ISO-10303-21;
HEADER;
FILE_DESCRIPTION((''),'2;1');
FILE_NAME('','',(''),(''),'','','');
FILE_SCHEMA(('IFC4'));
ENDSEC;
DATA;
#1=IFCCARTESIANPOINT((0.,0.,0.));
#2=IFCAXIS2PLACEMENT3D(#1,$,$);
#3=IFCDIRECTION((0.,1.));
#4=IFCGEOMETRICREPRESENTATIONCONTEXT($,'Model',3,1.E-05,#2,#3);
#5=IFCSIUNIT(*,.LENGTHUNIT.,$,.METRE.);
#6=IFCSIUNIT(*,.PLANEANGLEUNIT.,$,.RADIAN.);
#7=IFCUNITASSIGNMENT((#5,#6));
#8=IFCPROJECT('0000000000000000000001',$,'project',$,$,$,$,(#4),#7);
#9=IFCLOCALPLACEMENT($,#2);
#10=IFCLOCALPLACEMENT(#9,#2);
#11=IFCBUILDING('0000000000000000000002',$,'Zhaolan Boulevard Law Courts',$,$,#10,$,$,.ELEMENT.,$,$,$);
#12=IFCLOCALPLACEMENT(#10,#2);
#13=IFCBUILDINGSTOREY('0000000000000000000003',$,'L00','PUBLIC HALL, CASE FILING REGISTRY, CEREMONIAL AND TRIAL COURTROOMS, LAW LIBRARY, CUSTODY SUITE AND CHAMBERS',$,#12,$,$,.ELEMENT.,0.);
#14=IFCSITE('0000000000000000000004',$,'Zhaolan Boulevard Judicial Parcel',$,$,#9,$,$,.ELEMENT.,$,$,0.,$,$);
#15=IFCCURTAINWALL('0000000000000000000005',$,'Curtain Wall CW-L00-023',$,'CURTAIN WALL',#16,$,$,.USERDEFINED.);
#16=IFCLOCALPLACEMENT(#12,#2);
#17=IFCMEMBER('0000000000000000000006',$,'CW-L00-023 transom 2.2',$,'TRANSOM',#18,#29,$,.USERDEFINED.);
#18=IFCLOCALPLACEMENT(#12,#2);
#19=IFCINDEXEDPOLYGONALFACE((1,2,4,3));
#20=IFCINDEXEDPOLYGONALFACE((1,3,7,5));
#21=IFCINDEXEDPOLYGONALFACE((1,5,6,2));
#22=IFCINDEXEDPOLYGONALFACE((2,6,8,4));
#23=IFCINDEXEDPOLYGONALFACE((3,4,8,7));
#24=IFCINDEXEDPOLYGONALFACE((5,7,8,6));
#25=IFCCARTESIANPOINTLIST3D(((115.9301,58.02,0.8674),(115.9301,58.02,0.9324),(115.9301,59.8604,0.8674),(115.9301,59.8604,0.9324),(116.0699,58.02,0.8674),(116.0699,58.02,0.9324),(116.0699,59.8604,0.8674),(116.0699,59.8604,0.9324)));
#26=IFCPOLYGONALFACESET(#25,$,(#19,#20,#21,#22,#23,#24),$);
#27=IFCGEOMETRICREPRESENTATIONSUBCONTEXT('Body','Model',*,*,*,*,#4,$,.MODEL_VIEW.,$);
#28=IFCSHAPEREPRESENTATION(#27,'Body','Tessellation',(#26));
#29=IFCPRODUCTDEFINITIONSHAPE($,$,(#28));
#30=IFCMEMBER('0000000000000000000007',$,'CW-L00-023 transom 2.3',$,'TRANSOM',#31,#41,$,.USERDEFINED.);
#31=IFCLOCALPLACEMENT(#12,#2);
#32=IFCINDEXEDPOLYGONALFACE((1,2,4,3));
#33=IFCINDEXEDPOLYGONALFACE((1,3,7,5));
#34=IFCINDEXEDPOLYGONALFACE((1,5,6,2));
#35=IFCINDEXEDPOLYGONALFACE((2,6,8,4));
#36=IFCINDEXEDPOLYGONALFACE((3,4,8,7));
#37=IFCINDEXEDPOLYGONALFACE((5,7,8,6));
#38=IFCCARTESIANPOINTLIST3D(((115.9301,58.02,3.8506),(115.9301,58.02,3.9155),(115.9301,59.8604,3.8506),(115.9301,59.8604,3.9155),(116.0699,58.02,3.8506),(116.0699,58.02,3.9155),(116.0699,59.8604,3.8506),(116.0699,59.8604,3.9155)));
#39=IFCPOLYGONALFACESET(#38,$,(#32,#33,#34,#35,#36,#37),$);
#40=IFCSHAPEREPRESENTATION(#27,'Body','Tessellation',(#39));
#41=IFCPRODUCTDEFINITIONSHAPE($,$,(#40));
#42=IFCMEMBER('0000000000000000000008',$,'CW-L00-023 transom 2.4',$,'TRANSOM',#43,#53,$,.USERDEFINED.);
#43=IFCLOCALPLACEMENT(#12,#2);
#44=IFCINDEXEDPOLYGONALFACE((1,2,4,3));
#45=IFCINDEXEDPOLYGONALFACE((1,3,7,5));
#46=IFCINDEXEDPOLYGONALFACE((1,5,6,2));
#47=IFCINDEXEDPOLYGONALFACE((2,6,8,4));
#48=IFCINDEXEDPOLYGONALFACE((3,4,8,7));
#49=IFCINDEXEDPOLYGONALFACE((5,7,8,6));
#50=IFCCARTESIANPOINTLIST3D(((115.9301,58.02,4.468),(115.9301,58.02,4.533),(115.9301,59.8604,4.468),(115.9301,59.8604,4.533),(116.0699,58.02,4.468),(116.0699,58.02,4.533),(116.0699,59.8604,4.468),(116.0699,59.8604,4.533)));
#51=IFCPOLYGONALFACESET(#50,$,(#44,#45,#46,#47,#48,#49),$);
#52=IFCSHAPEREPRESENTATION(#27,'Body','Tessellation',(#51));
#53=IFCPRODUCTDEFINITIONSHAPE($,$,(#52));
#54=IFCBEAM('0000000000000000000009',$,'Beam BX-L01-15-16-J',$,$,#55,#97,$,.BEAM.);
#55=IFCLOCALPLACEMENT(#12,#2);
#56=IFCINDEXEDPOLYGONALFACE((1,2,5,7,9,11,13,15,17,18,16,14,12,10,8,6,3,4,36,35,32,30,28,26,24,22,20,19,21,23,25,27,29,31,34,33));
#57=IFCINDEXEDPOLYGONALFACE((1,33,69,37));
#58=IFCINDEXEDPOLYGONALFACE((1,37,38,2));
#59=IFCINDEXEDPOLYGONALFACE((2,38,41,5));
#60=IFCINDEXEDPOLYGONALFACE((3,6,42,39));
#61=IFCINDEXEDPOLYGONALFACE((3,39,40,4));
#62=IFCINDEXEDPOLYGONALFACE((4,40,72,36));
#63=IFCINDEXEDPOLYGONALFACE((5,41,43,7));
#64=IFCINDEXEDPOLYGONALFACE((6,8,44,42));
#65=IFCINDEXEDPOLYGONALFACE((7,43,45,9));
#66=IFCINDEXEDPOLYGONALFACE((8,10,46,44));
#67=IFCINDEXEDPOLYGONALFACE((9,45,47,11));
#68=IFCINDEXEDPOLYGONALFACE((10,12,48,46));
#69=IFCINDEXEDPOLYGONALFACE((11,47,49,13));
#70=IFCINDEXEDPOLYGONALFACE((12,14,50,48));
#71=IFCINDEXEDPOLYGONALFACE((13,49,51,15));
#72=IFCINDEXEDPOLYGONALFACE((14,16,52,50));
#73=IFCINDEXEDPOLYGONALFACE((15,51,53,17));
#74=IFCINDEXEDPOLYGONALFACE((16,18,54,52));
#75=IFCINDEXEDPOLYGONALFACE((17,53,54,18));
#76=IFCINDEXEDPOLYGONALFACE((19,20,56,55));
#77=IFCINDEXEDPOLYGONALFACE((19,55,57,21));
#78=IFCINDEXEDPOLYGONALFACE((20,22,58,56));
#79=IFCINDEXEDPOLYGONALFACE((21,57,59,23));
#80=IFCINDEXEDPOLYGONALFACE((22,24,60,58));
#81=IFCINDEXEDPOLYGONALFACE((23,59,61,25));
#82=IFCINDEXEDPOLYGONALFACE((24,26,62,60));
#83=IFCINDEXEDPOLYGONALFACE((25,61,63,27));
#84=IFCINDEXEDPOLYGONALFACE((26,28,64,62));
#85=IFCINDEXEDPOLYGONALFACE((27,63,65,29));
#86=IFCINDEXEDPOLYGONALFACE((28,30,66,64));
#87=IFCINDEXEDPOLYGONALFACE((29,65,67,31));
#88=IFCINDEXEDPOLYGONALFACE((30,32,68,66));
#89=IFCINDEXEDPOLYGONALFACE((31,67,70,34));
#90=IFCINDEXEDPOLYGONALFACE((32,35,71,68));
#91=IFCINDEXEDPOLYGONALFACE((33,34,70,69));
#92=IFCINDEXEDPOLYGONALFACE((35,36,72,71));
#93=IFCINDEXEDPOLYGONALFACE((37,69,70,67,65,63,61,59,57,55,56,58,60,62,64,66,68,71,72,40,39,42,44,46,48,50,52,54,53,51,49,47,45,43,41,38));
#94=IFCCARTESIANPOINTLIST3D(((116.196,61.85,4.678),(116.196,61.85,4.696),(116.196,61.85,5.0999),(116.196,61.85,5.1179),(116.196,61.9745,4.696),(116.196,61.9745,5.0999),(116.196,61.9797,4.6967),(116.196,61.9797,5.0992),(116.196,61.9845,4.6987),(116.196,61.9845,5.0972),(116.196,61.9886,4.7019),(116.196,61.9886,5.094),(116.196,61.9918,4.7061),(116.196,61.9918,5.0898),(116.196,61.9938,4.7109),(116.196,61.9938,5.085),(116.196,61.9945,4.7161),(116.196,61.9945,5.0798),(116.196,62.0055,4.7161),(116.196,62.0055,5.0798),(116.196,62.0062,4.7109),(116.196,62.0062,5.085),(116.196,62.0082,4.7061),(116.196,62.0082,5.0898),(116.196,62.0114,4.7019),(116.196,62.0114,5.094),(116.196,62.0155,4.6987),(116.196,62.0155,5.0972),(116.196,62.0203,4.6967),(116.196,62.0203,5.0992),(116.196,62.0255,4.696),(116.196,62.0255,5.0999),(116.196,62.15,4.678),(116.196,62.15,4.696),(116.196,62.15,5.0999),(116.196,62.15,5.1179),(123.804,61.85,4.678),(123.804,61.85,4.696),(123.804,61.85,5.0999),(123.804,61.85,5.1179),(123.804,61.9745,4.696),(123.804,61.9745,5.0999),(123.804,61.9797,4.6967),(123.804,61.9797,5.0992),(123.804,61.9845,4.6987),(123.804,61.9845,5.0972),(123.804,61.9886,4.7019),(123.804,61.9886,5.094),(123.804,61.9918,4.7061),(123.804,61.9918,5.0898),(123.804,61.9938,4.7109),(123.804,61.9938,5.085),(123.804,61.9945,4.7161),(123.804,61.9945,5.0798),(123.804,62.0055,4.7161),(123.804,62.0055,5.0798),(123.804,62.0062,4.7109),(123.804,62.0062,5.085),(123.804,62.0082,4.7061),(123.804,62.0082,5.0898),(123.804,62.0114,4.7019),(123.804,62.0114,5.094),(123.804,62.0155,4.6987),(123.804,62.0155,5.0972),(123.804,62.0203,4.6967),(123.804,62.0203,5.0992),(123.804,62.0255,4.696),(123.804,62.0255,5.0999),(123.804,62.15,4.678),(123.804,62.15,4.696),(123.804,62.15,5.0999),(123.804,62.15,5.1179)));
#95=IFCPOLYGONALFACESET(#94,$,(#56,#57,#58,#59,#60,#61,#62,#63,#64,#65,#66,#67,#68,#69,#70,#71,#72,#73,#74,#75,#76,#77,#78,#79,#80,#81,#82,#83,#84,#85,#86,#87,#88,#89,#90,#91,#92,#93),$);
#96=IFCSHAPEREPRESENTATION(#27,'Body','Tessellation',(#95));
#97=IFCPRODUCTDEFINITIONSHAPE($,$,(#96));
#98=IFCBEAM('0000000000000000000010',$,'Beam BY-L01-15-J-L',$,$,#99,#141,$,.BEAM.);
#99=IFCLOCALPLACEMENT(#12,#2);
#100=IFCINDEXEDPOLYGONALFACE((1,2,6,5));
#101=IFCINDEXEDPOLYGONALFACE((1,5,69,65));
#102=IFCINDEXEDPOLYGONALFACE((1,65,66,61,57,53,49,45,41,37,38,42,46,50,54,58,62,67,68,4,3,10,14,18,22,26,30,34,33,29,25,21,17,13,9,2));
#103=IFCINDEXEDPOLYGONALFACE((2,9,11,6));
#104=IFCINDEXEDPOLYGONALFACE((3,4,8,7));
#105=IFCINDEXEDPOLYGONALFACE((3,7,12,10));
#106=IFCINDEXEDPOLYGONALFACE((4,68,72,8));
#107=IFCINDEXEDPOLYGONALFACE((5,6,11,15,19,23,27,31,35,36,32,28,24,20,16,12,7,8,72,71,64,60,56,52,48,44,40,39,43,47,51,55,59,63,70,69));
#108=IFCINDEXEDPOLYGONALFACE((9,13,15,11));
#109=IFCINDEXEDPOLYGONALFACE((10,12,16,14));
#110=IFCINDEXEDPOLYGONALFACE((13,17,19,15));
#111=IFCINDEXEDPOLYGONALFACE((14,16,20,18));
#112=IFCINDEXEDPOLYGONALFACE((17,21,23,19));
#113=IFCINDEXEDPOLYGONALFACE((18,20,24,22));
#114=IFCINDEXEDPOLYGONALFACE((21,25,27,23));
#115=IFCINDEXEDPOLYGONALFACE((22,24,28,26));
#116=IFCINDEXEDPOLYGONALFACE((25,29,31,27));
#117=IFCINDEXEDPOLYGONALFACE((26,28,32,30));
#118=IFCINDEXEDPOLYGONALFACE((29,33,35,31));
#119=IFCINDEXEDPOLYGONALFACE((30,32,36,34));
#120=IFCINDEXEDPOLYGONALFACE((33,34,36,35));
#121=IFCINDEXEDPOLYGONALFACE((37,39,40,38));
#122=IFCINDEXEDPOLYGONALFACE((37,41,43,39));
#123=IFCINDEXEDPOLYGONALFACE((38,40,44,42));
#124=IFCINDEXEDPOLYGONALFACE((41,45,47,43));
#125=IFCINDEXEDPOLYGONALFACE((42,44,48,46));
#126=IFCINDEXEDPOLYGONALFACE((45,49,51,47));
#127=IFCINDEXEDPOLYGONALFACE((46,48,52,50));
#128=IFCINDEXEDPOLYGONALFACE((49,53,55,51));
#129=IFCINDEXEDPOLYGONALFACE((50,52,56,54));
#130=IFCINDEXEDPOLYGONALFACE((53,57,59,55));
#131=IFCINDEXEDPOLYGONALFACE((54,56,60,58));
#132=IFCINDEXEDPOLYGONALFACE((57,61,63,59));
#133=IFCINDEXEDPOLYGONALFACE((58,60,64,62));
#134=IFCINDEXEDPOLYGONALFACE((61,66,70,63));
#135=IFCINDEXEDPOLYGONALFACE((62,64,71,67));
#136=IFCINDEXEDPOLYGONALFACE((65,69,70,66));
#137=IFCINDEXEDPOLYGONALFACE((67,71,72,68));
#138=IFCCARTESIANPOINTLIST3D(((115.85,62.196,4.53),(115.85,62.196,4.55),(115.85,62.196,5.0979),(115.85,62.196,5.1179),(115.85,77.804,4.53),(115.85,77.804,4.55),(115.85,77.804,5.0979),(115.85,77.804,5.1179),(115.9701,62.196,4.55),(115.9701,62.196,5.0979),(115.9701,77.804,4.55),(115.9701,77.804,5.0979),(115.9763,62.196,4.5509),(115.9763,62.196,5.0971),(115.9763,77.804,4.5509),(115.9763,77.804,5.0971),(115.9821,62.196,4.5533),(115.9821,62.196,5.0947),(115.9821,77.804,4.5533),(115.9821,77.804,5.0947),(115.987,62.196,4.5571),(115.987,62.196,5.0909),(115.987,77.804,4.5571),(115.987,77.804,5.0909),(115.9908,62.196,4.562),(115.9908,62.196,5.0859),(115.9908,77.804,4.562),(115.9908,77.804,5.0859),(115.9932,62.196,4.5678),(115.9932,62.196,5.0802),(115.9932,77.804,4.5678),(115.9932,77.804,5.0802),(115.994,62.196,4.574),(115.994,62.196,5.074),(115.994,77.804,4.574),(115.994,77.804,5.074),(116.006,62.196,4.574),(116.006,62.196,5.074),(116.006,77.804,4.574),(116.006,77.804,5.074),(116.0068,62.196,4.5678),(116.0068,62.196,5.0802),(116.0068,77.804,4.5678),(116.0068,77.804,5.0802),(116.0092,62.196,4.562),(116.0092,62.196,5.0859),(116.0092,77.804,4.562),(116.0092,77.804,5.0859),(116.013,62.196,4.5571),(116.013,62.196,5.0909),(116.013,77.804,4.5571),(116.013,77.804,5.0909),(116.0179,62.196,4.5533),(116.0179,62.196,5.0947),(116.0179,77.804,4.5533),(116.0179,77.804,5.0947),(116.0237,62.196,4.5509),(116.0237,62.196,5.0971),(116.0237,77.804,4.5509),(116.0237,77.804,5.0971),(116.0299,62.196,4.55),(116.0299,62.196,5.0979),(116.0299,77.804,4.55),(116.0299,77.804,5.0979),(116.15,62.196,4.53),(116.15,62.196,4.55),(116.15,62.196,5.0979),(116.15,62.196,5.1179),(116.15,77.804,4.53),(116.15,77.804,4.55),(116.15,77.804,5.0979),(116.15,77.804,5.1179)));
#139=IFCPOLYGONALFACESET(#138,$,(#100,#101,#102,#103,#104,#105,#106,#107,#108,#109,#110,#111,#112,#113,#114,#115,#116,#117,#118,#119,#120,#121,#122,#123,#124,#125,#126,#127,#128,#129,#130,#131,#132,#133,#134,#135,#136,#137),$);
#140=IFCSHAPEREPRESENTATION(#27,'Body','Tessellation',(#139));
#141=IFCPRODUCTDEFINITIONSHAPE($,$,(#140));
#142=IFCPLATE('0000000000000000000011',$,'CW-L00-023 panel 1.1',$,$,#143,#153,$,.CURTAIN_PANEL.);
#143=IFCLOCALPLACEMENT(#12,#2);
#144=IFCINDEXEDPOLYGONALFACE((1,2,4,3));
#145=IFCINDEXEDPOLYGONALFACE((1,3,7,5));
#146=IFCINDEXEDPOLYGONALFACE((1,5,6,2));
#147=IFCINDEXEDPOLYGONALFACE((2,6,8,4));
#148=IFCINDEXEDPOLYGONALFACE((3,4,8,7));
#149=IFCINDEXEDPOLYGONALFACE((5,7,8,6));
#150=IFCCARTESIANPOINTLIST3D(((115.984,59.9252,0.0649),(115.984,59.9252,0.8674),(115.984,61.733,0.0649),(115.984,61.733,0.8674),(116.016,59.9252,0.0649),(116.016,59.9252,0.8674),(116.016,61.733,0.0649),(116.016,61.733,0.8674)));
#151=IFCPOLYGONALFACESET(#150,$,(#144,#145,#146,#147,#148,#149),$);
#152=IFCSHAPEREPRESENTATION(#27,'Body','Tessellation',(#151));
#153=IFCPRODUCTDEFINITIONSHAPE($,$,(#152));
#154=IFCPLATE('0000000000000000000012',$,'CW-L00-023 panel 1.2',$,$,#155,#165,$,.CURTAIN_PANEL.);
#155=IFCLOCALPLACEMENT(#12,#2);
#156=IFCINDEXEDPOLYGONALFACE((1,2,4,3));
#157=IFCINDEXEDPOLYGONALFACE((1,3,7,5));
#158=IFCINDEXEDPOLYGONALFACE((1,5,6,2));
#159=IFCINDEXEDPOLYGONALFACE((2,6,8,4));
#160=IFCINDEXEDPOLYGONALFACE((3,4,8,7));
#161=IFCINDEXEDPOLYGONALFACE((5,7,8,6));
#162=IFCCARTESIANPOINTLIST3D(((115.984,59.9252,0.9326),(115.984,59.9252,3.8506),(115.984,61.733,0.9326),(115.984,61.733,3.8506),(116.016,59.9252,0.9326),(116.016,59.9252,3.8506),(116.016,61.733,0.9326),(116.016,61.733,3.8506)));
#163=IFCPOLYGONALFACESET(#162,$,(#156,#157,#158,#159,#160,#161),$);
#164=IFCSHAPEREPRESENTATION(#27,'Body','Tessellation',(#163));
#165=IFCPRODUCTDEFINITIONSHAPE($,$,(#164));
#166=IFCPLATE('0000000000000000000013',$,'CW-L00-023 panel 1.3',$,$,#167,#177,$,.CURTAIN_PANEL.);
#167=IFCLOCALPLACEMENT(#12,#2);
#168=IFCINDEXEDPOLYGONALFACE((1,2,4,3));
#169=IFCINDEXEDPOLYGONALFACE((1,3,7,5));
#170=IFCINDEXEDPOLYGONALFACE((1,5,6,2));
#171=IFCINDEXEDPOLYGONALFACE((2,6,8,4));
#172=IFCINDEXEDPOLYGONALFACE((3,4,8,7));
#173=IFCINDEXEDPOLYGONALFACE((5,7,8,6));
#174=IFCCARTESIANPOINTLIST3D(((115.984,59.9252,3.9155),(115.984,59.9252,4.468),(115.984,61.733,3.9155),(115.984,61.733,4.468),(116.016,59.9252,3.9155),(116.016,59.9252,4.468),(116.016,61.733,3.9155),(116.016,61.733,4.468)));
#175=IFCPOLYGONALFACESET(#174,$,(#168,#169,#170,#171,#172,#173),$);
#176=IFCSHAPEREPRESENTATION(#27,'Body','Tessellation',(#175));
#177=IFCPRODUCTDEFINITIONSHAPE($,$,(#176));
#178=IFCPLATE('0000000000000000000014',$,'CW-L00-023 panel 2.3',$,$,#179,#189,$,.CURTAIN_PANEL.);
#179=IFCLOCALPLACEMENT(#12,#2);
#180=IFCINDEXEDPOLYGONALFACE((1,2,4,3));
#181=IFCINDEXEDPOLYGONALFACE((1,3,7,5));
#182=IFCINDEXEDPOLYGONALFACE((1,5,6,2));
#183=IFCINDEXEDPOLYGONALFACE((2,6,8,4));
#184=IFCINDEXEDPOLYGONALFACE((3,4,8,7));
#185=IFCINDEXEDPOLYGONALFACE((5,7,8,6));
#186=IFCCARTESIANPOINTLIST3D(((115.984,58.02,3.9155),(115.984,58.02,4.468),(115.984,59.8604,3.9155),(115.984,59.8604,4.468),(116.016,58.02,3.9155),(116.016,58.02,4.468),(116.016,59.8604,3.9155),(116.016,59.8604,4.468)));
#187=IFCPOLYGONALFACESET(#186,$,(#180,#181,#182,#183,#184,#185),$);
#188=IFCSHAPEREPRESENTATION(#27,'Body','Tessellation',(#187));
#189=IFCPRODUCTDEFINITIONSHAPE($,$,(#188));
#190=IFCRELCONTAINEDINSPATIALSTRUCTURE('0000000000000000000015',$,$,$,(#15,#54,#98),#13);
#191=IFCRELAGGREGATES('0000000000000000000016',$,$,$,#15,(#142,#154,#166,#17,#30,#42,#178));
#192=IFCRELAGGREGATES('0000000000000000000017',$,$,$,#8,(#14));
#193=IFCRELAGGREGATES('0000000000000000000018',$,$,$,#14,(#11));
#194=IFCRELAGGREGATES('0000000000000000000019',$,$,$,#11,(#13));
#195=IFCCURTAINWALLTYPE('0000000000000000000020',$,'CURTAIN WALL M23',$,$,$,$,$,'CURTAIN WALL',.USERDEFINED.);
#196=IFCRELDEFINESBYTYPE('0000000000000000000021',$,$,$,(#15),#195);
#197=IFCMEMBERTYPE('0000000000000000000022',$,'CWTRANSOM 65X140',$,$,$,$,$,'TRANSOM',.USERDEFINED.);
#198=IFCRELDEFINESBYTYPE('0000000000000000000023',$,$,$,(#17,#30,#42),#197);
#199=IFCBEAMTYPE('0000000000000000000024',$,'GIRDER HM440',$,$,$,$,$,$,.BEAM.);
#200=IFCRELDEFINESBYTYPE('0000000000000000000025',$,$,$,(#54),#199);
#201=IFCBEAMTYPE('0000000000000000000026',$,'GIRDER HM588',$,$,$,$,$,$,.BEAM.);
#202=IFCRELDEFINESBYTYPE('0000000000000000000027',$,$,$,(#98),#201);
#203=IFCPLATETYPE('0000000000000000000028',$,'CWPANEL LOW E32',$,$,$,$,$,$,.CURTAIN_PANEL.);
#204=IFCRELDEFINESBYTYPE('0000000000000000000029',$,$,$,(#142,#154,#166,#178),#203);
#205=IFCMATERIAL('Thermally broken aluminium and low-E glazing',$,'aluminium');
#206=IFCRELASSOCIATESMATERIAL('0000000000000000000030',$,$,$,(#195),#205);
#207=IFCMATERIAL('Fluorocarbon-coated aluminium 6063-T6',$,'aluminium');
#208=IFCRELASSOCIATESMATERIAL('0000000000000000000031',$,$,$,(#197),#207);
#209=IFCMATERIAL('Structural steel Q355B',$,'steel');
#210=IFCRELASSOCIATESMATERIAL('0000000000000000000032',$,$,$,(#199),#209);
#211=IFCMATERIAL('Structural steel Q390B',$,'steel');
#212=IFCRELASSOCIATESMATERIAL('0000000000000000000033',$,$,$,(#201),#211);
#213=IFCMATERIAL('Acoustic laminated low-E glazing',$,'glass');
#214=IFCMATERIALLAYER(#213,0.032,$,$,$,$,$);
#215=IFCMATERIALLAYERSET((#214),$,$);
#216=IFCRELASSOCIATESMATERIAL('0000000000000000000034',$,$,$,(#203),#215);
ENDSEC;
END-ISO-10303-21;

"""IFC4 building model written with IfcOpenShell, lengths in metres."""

from ifc_helpers import new_model, si_unit, direction, frame, origin, origin_2d, place, context, subcontext, project, spatial, rectangle, i_section, extrude, material, layer, layer_set, material_profile, profile_set, type_object, element, aggregate, save


model = new_model("IFC4")

# Units and contexts
model_context = context("Model", 3, precision=1e-05, world=origin(), true_north=direction((0.0, 1.0)))
body_context = subcontext(model_context, "Body", "Model", "MODEL_VIEW")
ifc_project = project(units=[si_unit("LENGTHUNIT", "METRE"), si_unit("PLANEANGLEUNIT", "RADIAN")], contexts=[model_context])

# Site, building, storey
site_placement = place(None, origin())
site = spatial("IfcSite", under=ifc_project, at=site_placement, Name="Zhaolan Boulevard Judicial Parcel", CompositionType="ELEMENT", RefElevation=0.0)
building_placement = place(site_placement, origin())
building = spatial("IfcBuilding", under=site, at=building_placement, Name="Zhaolan Boulevard Law Courts", CompositionType="ELEMENT")
storey_placement = place(building_placement, origin())
storey = spatial("IfcBuildingStorey", under=building, at=storey_placement, Name="L00", Description="PUBLIC HALL, CASE FILING REGISTRY, CEREMONIAL AND TRIAL COURTROOMS, LAW LIBRARY, CUSTODY SUITE AND CHAMBERS", CompositionType="ELEMENT", Elevation=0.0)

# Curtain wall, members
ifc_material_1 = material(Name="Thermally broken aluminium and low-E glazing", Category="aluminium")
curtain_wall_type = type_object("IfcCurtainWallType", Name="CURTAIN WALL M23", ElementType="CURTAIN WALL", PredefinedType="USERDEFINED", material=ifc_material_1)
curtain_wall_placement = place(storey_placement, origin())
curtain_wall = element("IfcCurtainWall", 1, at=curtain_wall_placement, inside=storey, type_object=curtain_wall_type, Name="Curtain Wall CW-L00-023", ObjectType="CURTAIN WALL", PredefinedType="USERDEFINED")
ifc_material_2 = material(Name="Fluorocarbon-coated aluminium 6063-T6", Category="aluminium")
ifc_material_profile_1 = material_profile(ifc_material_2, rectangle(XDim=0.1399, YDim=0.0649, at=origin_2d()), Name="AL65x140")
ifc_profile_set_1 = profile_set([ifc_material_profile_1], Name="Fluorocarbon-coated aluminium 6063-T6")
member_type_1 = type_object("IfcMemberType", Name="CWTRANSOM 65X140", ElementType="TRANSOM", PredefinedType="USERDEFINED", material=ifc_profile_set_1)
member_1_placement = place(storey_placement, frame((116.0, 59.8604, 0.8999), z_axis=(0.0, -1.0, 0.0), x_axis=(1.0, 0.0, 0.0)))
member_1 = element("IfcMember", 2, at=member_1_placement, type_object=member_type_1, Name="CW-L00-023 transom 2.2", ObjectType="TRANSOM", PredefinedType="USERDEFINED", context=body_context, shape_type="SweptSolid", body=[
    extrude(rectangle(XDim=0.1399, YDim=0.0649, at=origin_2d()), origin(), (0.0, 0.0, 1.0), 1.8403),
])
member_2_placement = place(storey_placement, frame((116.0, 59.8604, 3.8831), z_axis=(0.0, -1.0, 0.0), x_axis=(1.0, 0.0, 0.0)))
member_2 = element("IfcMember", 3, at=member_2_placement, type_object=member_type_1, Name="CW-L00-023 transom 2.3", ObjectType="TRANSOM", PredefinedType="USERDEFINED", context=body_context, shape_type="SweptSolid", body=[
    extrude(rectangle(XDim=0.1399, YDim=0.0649, at=origin_2d()), origin(), (0.0, 0.0, 1.0), 1.8403),
])
member_3_placement = place(storey_placement, frame((116.0, 59.8604, 4.5005), z_axis=(0.0, -1.0, 0.0), x_axis=(1.0, 0.0, 0.0)))
member_3 = element("IfcMember", 4, at=member_3_placement, type_object=member_type_1, Name="CW-L00-023 transom 2.4", ObjectType="TRANSOM", PredefinedType="USERDEFINED", context=body_context, shape_type="SweptSolid", body=[
    extrude(rectangle(XDim=0.1399, YDim=0.0649, at=origin_2d()), origin(), (0.0, 0.0, 1.0), 1.8403),
])

# Beams
ifc_material_3 = material(Name="Structural steel Q355B", Category="steel")
ifc_material_profile_2 = material_profile(ifc_material_3, i_section(OverallWidth=0.3, OverallDepth=0.4399, WebThickness=0.011, FlangeThickness=0.0181, FilletRadius=0.02, at=origin_2d()), Name="HM440x300")
ifc_profile_set_2 = profile_set([ifc_material_profile_2], Name="Structural steel Q355B")
beam_type_1 = type_object("IfcBeamType", Name="GIRDER HM440", PredefinedType="BEAM", material=ifc_profile_set_2)
beam_1_placement = place(storey_placement, frame((116.196, 62.0, 4.8979), z_axis=(1.0, 0.0, 0.0), x_axis=(0.0, 1.0, 0.0)))
element("IfcBeam", 5, at=beam_1_placement, inside=storey, type_object=beam_type_1, Name="Beam BX-L01-15-16-J", PredefinedType="BEAM", context=body_context, shape_type="SweptSolid", body=[
    extrude(i_section(OverallWidth=0.3, OverallDepth=0.4399, WebThickness=0.011, FlangeThickness=0.0181, FilletRadius=0.02, at=origin_2d()), origin(), (0.0, 0.0, 1.0), 7.6079),
])
ifc_material_4 = material(Name="Structural steel Q390B", Category="steel")
ifc_material_profile_3 = material_profile(ifc_material_4, i_section(OverallWidth=0.3, OverallDepth=0.5879, WebThickness=0.012, FlangeThickness=0.02, FilletRadius=0.0239, at=origin_2d()), Name="HM588x300")
ifc_profile_set_3 = profile_set([ifc_material_profile_3], Name="Structural steel Q390B")
beam_type_2 = type_object("IfcBeamType", Name="GIRDER HM588", PredefinedType="BEAM", material=ifc_profile_set_3)
beam_2_placement = place(storey_placement, frame((116.0, 62.196, 4.824), z_axis=(0.0, 1.0, 0.0), x_axis=(-1.0, 0.0, 0.0)))
element("IfcBeam", 6, at=beam_2_placement, inside=storey, type_object=beam_type_2, Name="Beam BY-L01-15-J-L", PredefinedType="BEAM", context=body_context, shape_type="SweptSolid", body=[
    extrude(i_section(OverallWidth=0.3, OverallDepth=0.5879, WebThickness=0.012, FlangeThickness=0.02, FilletRadius=0.0239, at=origin_2d()), origin(), (0.0, 0.0, 1.0), 15.6079),
])

# Plates
ifc_material_5 = material(Name="Acoustic laminated low-E glazing", Category="glass")
ifc_layer_1 = layer(ifc_material_5, 0.032)
ifc_layer_set_1 = layer_set([ifc_layer_1])
plate_type = type_object("IfcPlateType", Name="CWPANEL LOW E32", PredefinedType="CURTAIN_PANEL", material=ifc_layer_set_1)
plate_1_placement = place(storey_placement, frame((116.0, 60.8291, 0.0649), z_axis=(0.0, 0.0, 1.0), x_axis=(0.0, -1.0, 0.0)))
plate_1 = element("IfcPlate", 7, at=plate_1_placement, type_object=plate_type, Name="CW-L00-023 panel 1.1", PredefinedType="CURTAIN_PANEL", context=body_context, shape_type="SweptSolid", body=[
    extrude(rectangle(XDim=1.8079, YDim=0.032, at=origin_2d()), origin(), (0.0, 0.0, 1.0), 0.8025),
])
plate_2_placement = place(storey_placement, frame((116.0, 60.8291, 0.9326), z_axis=(0.0, 0.0, 1.0), x_axis=(0.0, -1.0, 0.0)))
plate_2 = element("IfcPlate", 8, at=plate_2_placement, type_object=plate_type, Name="CW-L00-023 panel 1.2", PredefinedType="CURTAIN_PANEL", context=body_context, shape_type="SweptSolid", body=[
    extrude(rectangle(XDim=1.8079, YDim=0.032, at=origin_2d()), origin(), (0.0, 0.0, 1.0), 2.918),
])
plate_3_placement = place(storey_placement, frame((116.0, 60.8291, 3.9155), z_axis=(0.0, 0.0, 1.0), x_axis=(0.0, -1.0, 0.0)))
plate_3 = element("IfcPlate", 9, at=plate_3_placement, type_object=plate_type, Name="CW-L00-023 panel 1.3", PredefinedType="CURTAIN_PANEL", context=body_context, shape_type="SweptSolid", body=[
    extrude(rectangle(XDim=1.8079, YDim=0.032, at=origin_2d()), origin(), (0.0, 0.0, 1.0), 0.5525),
])
plate_4_placement = place(storey_placement, frame((116.0, 58.9402, 3.9155), z_axis=(0.0, 0.0, 1.0), x_axis=(0.0, -1.0, 0.0)))
plate_4 = element("IfcPlate", 10, at=plate_4_placement, type_object=plate_type, Name="CW-L00-023 panel 2.3", PredefinedType="CURTAIN_PANEL", context=body_context, shape_type="SweptSolid", body=[
    extrude(rectangle(XDim=1.8403, YDim=0.032, at=origin_2d()), origin(), (0.0, 0.0, 1.0), 0.5525),
])
aggregate(curtain_wall, [plate_1, plate_2, plate_3, member_1, member_2, member_3, plate_4])

save(model, "model.ifc")
